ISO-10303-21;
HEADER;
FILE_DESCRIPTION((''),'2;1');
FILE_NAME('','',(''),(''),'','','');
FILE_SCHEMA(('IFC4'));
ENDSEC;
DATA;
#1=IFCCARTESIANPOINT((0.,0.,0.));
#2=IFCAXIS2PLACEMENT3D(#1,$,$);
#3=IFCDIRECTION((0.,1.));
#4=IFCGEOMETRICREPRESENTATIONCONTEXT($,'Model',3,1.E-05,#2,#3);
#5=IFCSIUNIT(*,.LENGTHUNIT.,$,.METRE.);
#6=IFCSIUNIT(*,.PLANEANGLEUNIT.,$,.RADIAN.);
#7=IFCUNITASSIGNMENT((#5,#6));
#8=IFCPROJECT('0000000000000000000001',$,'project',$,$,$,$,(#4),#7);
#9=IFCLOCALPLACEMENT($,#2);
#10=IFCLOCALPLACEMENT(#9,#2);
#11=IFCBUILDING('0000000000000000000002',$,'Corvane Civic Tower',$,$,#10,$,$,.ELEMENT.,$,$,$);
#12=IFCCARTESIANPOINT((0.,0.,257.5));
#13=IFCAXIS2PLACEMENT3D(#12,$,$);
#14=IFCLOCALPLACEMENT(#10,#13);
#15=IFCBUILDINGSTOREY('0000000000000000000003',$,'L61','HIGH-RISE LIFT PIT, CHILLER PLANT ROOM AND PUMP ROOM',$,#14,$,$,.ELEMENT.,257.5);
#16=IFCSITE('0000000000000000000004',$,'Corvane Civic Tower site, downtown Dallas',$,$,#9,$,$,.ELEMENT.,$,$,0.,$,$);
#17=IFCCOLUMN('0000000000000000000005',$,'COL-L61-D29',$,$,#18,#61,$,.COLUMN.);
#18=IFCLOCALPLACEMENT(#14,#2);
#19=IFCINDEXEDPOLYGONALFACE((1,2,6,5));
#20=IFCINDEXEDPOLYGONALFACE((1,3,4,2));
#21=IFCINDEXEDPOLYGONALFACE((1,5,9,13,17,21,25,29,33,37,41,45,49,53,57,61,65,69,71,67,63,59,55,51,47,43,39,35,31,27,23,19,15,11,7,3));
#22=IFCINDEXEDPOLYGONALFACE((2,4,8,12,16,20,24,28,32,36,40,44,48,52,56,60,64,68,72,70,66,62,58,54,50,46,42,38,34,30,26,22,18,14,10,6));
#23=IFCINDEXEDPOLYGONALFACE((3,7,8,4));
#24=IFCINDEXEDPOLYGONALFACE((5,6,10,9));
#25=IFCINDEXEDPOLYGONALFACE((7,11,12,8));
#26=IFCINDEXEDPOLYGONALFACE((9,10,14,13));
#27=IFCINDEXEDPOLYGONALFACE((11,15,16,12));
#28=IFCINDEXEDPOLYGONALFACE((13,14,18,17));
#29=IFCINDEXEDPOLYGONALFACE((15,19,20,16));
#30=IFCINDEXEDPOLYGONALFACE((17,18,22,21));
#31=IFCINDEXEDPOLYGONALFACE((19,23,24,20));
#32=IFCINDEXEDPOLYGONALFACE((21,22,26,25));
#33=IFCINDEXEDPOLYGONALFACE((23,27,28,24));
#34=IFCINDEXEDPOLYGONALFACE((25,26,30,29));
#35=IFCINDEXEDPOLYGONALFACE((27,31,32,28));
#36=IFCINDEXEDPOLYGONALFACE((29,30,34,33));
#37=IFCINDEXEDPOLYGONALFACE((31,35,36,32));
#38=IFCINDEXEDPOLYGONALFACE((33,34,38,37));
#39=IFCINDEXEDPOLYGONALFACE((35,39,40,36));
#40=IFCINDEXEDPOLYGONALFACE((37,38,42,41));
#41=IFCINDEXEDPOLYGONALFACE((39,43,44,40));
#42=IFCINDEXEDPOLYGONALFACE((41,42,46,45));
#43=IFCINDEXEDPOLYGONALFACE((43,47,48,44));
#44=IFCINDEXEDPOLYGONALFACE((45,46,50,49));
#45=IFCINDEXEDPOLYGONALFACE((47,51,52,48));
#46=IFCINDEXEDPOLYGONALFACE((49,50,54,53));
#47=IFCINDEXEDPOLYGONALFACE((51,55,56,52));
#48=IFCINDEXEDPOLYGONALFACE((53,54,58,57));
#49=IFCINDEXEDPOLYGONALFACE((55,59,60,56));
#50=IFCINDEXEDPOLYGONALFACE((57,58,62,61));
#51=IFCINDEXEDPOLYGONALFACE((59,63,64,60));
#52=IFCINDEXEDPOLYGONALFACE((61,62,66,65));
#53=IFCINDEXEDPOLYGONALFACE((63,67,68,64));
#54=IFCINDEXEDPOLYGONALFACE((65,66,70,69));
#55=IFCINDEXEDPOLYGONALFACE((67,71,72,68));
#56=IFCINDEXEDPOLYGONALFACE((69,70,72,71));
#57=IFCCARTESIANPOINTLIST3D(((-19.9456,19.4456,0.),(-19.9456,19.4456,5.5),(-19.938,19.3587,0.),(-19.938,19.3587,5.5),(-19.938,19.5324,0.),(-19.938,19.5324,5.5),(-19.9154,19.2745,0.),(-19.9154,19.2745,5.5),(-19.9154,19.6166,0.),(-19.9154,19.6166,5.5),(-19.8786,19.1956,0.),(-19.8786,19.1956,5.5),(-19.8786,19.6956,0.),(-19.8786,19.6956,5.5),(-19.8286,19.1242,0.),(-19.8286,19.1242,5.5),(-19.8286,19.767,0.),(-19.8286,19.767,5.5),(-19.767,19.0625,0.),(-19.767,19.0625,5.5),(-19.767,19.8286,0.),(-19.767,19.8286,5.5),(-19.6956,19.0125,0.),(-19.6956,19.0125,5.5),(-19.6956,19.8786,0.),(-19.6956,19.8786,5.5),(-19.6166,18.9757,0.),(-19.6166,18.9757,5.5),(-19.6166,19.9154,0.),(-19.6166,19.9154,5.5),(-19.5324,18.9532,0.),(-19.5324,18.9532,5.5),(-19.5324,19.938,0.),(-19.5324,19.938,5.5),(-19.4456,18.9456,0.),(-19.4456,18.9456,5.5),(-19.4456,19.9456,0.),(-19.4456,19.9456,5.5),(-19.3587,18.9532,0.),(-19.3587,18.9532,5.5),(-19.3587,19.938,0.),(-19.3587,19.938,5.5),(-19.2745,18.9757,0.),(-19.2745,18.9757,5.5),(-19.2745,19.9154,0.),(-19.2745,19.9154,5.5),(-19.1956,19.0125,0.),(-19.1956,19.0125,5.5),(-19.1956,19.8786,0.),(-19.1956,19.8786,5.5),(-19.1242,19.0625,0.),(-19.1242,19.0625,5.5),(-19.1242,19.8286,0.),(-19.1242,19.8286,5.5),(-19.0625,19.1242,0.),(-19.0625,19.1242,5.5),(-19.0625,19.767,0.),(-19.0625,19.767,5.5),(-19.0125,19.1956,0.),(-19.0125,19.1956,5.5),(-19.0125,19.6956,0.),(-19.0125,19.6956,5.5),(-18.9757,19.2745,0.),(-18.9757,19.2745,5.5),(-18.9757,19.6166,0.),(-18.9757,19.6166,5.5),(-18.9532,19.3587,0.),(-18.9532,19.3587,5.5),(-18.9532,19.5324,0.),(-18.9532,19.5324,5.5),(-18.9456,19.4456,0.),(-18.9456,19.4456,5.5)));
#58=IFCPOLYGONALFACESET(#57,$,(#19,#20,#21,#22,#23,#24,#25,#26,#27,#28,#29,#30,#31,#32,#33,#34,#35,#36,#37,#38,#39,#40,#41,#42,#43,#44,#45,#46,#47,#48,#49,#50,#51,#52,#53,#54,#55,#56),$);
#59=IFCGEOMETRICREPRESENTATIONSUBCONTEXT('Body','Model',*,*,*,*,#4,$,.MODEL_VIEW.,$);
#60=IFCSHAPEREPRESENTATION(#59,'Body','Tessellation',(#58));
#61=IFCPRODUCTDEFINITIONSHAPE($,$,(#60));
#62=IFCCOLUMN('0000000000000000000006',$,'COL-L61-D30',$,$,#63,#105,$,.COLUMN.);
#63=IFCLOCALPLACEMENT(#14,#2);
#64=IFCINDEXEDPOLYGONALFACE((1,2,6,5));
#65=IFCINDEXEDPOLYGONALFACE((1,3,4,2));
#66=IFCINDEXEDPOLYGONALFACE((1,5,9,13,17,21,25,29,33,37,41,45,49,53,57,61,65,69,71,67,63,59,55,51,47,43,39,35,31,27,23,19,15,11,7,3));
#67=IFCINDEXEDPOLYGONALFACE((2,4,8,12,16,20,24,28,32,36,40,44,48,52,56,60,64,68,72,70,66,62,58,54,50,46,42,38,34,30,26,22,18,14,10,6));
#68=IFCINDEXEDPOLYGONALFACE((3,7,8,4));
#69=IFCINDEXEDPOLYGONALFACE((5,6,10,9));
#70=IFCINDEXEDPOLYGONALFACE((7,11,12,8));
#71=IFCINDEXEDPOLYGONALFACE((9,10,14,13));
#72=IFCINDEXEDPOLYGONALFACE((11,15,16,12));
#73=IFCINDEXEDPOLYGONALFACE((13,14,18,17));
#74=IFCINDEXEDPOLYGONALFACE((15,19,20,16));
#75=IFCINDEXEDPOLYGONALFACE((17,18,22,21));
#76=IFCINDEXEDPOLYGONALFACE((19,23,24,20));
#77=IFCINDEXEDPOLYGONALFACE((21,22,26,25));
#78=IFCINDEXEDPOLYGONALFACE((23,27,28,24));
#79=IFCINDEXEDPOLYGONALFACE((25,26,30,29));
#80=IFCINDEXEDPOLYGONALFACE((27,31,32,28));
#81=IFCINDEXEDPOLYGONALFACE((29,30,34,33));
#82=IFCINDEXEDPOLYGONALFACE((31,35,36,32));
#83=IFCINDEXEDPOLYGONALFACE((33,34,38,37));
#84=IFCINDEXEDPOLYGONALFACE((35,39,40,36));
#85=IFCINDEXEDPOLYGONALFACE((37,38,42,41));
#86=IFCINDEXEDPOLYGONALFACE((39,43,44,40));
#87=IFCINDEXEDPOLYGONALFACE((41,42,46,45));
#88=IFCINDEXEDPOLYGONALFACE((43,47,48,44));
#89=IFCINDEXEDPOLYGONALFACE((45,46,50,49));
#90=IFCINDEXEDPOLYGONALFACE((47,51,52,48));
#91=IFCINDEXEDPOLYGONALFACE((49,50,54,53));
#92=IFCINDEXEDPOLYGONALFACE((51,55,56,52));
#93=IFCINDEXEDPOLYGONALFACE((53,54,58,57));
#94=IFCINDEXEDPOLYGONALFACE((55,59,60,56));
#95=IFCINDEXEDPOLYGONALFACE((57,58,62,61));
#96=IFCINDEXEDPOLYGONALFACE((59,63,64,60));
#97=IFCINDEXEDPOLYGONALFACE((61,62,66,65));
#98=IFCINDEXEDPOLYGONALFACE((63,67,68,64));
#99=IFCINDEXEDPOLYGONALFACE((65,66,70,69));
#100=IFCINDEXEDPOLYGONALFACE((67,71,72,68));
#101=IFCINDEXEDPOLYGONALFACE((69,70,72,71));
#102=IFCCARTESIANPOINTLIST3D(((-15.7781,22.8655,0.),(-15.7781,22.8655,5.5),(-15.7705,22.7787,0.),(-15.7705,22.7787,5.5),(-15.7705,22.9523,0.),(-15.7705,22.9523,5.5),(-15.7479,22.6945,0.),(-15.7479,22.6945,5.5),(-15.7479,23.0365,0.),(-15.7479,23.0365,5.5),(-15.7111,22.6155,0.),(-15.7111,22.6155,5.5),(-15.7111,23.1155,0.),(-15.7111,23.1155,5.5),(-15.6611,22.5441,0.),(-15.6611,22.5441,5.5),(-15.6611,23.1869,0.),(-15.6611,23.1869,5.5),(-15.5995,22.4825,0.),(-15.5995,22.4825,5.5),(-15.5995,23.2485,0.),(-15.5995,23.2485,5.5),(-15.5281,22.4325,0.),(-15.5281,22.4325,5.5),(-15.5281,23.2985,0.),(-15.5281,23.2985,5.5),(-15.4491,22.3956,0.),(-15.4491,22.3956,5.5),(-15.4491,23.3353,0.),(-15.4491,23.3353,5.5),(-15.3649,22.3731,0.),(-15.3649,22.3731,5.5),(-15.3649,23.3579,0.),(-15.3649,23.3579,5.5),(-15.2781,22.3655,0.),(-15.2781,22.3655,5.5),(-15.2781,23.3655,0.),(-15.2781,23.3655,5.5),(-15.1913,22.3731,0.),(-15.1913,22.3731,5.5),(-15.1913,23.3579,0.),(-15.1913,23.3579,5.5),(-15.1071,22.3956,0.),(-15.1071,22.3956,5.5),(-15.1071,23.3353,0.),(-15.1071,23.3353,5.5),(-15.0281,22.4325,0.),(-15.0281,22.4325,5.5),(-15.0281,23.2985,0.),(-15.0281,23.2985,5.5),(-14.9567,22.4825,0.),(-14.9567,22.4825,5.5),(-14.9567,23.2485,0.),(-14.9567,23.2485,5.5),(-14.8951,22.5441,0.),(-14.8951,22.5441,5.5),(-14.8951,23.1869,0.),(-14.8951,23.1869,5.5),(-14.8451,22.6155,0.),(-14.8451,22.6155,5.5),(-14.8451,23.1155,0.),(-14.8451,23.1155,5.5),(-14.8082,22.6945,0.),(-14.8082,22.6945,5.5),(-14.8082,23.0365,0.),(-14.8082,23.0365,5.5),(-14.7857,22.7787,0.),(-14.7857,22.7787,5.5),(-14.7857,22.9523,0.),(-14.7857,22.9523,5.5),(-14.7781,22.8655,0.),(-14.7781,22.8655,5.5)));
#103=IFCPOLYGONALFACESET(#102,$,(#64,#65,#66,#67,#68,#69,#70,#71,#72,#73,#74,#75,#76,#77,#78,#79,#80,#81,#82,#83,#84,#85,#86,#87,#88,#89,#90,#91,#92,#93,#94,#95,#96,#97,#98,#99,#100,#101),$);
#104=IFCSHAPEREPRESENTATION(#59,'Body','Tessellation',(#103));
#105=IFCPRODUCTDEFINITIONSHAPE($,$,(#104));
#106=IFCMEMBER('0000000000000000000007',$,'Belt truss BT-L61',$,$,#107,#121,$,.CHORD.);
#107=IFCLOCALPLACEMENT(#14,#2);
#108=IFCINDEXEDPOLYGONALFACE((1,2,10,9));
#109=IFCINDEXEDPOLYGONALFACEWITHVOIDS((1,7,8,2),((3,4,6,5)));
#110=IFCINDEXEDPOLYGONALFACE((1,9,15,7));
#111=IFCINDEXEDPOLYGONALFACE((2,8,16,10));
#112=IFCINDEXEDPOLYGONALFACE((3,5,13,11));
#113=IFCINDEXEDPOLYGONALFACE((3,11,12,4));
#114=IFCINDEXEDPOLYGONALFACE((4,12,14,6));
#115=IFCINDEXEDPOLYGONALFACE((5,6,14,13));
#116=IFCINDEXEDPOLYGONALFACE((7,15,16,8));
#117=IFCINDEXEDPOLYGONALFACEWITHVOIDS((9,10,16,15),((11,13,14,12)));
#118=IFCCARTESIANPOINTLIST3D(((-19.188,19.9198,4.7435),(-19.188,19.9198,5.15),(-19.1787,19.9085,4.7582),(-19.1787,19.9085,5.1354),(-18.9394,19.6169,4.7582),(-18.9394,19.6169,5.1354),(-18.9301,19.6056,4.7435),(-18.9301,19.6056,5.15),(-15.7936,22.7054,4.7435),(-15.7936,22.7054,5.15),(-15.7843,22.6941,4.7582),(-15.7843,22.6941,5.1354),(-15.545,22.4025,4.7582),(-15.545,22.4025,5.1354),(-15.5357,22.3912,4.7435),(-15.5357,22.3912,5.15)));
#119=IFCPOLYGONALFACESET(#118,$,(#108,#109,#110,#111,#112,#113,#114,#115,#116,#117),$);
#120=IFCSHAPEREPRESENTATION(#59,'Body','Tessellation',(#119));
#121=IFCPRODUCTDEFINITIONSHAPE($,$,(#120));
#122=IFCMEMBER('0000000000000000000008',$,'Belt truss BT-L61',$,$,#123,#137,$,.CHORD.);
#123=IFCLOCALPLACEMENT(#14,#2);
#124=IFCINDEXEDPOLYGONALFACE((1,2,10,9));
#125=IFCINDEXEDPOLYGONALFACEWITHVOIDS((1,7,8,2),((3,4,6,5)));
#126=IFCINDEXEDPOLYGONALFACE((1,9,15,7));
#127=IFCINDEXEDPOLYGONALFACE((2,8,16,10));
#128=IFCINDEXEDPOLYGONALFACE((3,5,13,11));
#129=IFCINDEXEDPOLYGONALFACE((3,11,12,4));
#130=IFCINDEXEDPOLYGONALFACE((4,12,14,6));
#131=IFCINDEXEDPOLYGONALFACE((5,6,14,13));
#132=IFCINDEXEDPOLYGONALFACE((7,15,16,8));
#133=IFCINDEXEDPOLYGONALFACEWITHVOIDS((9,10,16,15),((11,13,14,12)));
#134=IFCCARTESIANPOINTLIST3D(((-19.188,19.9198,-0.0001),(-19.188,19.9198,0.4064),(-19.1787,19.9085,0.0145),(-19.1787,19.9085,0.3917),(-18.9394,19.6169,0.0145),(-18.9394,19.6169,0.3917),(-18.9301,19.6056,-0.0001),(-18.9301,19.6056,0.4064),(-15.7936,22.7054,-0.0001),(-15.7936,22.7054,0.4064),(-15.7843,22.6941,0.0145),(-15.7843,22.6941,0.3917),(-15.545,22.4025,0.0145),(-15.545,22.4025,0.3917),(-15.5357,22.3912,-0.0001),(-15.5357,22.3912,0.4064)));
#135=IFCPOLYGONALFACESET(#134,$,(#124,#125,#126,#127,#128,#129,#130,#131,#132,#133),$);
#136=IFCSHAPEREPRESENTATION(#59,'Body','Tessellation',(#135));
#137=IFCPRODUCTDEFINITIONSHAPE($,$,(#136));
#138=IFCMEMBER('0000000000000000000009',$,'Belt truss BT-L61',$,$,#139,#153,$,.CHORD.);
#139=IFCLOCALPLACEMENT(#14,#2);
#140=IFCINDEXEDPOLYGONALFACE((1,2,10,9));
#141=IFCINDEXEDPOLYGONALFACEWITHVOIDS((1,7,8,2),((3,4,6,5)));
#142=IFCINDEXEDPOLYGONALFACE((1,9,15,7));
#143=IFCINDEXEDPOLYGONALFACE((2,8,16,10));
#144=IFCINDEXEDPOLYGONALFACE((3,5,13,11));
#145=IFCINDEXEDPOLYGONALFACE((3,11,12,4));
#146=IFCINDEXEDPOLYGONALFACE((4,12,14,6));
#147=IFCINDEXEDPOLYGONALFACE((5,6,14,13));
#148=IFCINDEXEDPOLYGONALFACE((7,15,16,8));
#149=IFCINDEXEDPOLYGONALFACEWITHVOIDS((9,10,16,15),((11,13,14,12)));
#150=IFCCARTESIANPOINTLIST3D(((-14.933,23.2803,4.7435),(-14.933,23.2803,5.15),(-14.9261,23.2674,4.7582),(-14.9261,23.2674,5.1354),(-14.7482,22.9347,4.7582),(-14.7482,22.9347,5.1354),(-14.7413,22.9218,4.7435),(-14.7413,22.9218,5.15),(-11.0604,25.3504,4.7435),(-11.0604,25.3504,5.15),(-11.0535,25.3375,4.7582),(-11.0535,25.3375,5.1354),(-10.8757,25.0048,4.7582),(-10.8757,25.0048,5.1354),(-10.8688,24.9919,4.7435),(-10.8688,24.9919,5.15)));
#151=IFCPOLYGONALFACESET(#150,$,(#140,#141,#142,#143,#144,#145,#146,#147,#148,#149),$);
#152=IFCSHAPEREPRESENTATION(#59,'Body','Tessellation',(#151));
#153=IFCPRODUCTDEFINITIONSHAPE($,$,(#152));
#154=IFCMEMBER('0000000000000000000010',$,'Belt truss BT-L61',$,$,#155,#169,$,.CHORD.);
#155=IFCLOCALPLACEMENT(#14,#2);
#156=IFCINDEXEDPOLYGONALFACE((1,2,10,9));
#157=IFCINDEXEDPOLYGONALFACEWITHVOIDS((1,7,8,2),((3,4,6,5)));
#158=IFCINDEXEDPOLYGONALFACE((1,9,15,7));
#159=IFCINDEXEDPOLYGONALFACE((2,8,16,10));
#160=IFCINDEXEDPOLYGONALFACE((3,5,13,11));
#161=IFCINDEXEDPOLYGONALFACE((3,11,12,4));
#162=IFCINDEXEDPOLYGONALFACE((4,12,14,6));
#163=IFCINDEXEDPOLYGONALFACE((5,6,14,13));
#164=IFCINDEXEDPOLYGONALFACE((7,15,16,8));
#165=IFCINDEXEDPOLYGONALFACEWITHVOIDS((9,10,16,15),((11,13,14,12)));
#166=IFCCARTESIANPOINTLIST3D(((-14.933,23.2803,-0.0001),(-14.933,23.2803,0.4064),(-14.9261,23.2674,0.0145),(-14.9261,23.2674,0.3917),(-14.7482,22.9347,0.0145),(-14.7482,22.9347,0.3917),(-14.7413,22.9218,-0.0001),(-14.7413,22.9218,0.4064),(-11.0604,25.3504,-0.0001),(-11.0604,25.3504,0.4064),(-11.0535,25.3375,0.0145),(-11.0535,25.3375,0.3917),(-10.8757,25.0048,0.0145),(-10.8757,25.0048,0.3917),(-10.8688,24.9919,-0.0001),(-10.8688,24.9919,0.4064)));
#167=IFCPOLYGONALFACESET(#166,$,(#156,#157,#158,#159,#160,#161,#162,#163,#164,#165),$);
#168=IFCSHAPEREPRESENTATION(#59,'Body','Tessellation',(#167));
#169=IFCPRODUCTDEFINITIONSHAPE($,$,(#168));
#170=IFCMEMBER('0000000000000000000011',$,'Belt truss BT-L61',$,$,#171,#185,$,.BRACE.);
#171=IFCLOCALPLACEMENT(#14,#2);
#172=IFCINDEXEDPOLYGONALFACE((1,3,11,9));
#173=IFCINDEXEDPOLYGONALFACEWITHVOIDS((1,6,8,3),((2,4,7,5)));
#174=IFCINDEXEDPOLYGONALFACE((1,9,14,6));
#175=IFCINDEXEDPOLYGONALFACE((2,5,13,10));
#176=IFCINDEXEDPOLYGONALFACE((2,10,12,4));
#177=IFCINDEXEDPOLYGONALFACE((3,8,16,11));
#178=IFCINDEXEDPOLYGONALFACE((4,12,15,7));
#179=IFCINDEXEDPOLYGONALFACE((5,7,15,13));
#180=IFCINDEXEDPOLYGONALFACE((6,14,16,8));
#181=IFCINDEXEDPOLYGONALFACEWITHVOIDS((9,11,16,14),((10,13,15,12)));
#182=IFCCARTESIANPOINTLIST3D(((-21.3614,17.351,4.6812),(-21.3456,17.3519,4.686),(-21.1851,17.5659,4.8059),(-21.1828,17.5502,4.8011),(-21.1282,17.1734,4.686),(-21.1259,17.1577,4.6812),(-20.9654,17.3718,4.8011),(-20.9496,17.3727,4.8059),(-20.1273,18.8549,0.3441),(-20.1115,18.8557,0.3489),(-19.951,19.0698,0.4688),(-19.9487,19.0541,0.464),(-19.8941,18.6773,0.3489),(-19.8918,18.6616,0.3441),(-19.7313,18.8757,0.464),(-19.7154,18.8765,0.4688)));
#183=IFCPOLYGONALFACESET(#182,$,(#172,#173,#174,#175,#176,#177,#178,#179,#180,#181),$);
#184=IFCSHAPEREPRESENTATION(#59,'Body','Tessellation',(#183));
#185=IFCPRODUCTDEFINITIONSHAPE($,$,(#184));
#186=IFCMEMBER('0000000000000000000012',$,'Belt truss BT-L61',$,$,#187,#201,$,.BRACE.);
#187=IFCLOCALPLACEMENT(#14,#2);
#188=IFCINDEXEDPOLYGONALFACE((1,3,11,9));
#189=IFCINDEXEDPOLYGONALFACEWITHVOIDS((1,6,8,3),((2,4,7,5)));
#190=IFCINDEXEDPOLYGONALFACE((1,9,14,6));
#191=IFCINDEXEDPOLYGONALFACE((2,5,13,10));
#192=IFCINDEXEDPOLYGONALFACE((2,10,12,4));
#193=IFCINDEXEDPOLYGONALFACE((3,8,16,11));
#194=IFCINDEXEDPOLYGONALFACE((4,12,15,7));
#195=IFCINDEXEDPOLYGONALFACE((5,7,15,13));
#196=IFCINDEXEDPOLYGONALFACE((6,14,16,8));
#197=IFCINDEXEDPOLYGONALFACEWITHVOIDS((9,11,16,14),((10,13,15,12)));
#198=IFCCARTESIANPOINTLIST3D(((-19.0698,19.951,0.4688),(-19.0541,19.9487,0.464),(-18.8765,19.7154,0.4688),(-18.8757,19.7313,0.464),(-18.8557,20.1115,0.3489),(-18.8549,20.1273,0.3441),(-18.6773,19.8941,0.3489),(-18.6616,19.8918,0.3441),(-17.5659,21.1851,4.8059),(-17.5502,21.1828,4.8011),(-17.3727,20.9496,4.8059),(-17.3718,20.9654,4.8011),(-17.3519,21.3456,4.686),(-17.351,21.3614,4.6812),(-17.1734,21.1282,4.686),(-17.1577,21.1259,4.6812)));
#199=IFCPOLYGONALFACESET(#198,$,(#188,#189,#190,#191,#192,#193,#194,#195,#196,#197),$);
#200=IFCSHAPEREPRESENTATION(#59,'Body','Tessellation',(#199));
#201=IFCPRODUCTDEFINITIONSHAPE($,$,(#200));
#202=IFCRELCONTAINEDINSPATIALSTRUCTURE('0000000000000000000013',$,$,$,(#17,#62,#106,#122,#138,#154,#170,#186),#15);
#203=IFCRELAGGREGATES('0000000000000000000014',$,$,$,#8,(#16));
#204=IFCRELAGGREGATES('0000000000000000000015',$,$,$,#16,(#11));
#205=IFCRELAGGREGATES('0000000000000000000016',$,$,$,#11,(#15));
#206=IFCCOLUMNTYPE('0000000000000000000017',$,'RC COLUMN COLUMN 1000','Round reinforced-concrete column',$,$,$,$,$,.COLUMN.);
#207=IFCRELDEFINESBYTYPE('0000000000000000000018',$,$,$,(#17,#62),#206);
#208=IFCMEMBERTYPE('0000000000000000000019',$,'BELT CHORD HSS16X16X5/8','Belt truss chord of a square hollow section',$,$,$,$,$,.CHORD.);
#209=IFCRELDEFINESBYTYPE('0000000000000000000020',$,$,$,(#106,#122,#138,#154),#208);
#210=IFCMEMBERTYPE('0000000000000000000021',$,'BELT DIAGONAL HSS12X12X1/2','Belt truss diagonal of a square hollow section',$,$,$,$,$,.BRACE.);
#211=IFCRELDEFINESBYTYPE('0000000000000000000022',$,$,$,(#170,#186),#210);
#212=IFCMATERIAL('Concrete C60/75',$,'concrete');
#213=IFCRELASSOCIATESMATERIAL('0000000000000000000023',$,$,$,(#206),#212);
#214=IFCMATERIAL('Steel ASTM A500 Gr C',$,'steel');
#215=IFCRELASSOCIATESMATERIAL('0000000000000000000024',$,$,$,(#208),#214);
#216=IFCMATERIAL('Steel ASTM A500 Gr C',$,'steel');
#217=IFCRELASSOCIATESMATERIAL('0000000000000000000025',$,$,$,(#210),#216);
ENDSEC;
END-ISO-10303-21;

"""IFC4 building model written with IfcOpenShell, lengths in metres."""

from ifc_helpers import new_model, si_unit, direction, frame, origin, origin_2d, place, context, subcontext, project, spatial, hollow_rectangle, circle, extrude, material, material_profile, profile_set, type_object, element, save


model = new_model("IFC4")

# Units and contexts
model_context = context("Model", 3, precision=1e-05, world=origin(), true_north=direction((0.0, 1.0)))
body_context = subcontext(model_context, "Body", "Model", "MODEL_VIEW")
ifc_project = project(units=[si_unit("LENGTHUNIT", "METRE"), si_unit("PLANEANGLEUNIT", "RADIAN")], contexts=[model_context])

# Site, building, storey
site_placement = place(None, origin())
site = spatial("IfcSite", under=ifc_project, at=site_placement, Name="Corvane Civic Tower site, downtown Dallas", CompositionType="ELEMENT", RefElevation=0.0)
building_placement = place(site_placement, origin())
building = spatial("IfcBuilding", under=site, at=building_placement, Name="Corvane Civic Tower", CompositionType="ELEMENT")
storey_placement = place(building_placement, frame((0.0, 0.0, 257.5)))
storey = spatial("IfcBuildingStorey", under=building, at=storey_placement, Name="L61", Description="HIGH-RISE LIFT PIT, CHILLER PLANT ROOM AND PUMP ROOM", CompositionType="ELEMENT", Elevation=257.5)

# Columns
ifc_material_1 = material(Name="Concrete C60/75", Category="concrete")
ifc_material_profile_1 = material_profile(ifc_material_1, circle(Radius=0.5, at=origin_2d()), Name="COLUMN 1000")
ifc_profile_set_1 = profile_set([ifc_material_profile_1], Name="Concrete C60/75")
column_type = type_object("IfcColumnType", Name="RC COLUMN COLUMN 1000", Description="Round reinforced-concrete column", PredefinedType="COLUMN", material=ifc_profile_set_1)
for number, where, z_axis, x_axis, name in (
    (1, (-19.4456, 19.4456, 0.0), (0.0, 0.0, 1.0), (1.0, 0.0, 0.0), "COL-L61-D29"),
    (2, (-15.2781, 22.8655, 0.0), (0.0, 0.0, 1.0), (1.0, 0.0, 0.0), "COL-L61-D30"),
):
    element("IfcColumn", number, at=place(storey_placement, frame(where, z_axis=z_axis, x_axis=x_axis)), inside=storey, type_object=column_type, Name=name, PredefinedType="COLUMN", context=body_context, shape_type="SweptSolid", body=[
        extrude(circle(Radius=0.5, at=origin_2d()), origin(), (0.0, 0.0, 1.0), 5.5),
    ])

# Members
ifc_material_2 = material(Name="Steel ASTM A500 Gr C", Category="steel")
ifc_material_profile_2 = material_profile(ifc_material_2, hollow_rectangle(XDim=0.4065, YDim=0.4065, WallThickness=0.0146, at=origin_2d()), Name="HSS16X16X5/8")
ifc_profile_set_2 = profile_set([ifc_material_profile_2], Name="Steel ASTM A500 Gr C")
member_type_1 = type_object("IfcMemberType", Name="BELT CHORD HSS16X16X5/8", Description="Belt truss chord of a square hollow section", PredefinedType="CHORD", material=ifc_profile_set_2)
for number, where, z_axis, x_axis, name in (
    (3, (-19.0591, 19.7627, 4.9468), (0.77303, 0.634369, 0.0), (-0.634369, 0.77303, 0.0), "Belt truss BT-L61"),
    (4, (-19.0591, 19.7627, 0.2031), (0.77303, 0.634369, 0.0), (-0.634369, 0.77303, 0.0), "Belt truss BT-L61"),
    (5, (-14.8372, 23.1011, 4.9468), (0.881908, 0.471422, 0.0), (-0.471422, 0.881908, 0.0), "Belt truss BT-L61"),
    (6, (-14.8372, 23.1011, 0.2031), (0.881908, 0.471422, 0.0), (-0.471422, 0.881908, 0.0), "Belt truss BT-L61"),
):
    element("IfcMember", number, at=place(storey_placement, frame(where, z_axis=z_axis, x_axis=x_axis)), inside=storey, type_object=member_type_1, Name=name, PredefinedType="CHORD", context=body_context, shape_type="SweptSolid", body=[
        extrude(hollow_rectangle(XDim=0.4065, YDim=0.4065, WallThickness=0.0146, at=origin_2d()), origin(), (0.0, 0.0, 1.0), 4.3911),
    ])
ifc_material_3 = material(Name="Steel ASTM A500 Gr C", Category="steel")
ifc_material_profile_3 = material_profile(ifc_material_3, hollow_rectangle(XDim=0.3047, YDim=0.3047, WallThickness=0.0117, at=origin_2d()), Name="HSS12X12X1/2")
ifc_profile_set_3 = profile_set([ifc_material_profile_3], Name="Steel ASTM A500 Gr C")
member_type_2 = type_object("IfcMemberType", Name="BELT DIAGONAL HSS12X12X1/2", Description="Belt truss diagonal of a square hollow section", PredefinedType="BRACE", material=ifc_profile_set_3)
for number, where, z_axis, x_axis, name in (
    (7, (-19.9214, 18.8657, 0.4065), (-0.259626, -0.316379, 0.912414), (0.773034, -0.634365, 0.0), "Belt truss BT-L61"),
    (8, (-18.8657, 19.9214, 0.4065), (0.316379, 0.259626, 0.912414), (-0.634365, 0.773034, 0.0), "Belt truss BT-L61"),
):
    element("IfcMember", number, at=place(storey_placement, frame(where, z_axis=z_axis, x_axis=x_axis)), inside=storey, type_object=member_type_2, Name=name, PredefinedType="BRACE", context=body_context, shape_type="SweptSolid", body=[
        extrude(hollow_rectangle(XDim=0.3047, YDim=0.3047, WallThickness=0.0117, at=origin_2d()), origin(), (0.0, 0.0, 1.0), 4.7534),
    ])

save(model, "model.ifc")
